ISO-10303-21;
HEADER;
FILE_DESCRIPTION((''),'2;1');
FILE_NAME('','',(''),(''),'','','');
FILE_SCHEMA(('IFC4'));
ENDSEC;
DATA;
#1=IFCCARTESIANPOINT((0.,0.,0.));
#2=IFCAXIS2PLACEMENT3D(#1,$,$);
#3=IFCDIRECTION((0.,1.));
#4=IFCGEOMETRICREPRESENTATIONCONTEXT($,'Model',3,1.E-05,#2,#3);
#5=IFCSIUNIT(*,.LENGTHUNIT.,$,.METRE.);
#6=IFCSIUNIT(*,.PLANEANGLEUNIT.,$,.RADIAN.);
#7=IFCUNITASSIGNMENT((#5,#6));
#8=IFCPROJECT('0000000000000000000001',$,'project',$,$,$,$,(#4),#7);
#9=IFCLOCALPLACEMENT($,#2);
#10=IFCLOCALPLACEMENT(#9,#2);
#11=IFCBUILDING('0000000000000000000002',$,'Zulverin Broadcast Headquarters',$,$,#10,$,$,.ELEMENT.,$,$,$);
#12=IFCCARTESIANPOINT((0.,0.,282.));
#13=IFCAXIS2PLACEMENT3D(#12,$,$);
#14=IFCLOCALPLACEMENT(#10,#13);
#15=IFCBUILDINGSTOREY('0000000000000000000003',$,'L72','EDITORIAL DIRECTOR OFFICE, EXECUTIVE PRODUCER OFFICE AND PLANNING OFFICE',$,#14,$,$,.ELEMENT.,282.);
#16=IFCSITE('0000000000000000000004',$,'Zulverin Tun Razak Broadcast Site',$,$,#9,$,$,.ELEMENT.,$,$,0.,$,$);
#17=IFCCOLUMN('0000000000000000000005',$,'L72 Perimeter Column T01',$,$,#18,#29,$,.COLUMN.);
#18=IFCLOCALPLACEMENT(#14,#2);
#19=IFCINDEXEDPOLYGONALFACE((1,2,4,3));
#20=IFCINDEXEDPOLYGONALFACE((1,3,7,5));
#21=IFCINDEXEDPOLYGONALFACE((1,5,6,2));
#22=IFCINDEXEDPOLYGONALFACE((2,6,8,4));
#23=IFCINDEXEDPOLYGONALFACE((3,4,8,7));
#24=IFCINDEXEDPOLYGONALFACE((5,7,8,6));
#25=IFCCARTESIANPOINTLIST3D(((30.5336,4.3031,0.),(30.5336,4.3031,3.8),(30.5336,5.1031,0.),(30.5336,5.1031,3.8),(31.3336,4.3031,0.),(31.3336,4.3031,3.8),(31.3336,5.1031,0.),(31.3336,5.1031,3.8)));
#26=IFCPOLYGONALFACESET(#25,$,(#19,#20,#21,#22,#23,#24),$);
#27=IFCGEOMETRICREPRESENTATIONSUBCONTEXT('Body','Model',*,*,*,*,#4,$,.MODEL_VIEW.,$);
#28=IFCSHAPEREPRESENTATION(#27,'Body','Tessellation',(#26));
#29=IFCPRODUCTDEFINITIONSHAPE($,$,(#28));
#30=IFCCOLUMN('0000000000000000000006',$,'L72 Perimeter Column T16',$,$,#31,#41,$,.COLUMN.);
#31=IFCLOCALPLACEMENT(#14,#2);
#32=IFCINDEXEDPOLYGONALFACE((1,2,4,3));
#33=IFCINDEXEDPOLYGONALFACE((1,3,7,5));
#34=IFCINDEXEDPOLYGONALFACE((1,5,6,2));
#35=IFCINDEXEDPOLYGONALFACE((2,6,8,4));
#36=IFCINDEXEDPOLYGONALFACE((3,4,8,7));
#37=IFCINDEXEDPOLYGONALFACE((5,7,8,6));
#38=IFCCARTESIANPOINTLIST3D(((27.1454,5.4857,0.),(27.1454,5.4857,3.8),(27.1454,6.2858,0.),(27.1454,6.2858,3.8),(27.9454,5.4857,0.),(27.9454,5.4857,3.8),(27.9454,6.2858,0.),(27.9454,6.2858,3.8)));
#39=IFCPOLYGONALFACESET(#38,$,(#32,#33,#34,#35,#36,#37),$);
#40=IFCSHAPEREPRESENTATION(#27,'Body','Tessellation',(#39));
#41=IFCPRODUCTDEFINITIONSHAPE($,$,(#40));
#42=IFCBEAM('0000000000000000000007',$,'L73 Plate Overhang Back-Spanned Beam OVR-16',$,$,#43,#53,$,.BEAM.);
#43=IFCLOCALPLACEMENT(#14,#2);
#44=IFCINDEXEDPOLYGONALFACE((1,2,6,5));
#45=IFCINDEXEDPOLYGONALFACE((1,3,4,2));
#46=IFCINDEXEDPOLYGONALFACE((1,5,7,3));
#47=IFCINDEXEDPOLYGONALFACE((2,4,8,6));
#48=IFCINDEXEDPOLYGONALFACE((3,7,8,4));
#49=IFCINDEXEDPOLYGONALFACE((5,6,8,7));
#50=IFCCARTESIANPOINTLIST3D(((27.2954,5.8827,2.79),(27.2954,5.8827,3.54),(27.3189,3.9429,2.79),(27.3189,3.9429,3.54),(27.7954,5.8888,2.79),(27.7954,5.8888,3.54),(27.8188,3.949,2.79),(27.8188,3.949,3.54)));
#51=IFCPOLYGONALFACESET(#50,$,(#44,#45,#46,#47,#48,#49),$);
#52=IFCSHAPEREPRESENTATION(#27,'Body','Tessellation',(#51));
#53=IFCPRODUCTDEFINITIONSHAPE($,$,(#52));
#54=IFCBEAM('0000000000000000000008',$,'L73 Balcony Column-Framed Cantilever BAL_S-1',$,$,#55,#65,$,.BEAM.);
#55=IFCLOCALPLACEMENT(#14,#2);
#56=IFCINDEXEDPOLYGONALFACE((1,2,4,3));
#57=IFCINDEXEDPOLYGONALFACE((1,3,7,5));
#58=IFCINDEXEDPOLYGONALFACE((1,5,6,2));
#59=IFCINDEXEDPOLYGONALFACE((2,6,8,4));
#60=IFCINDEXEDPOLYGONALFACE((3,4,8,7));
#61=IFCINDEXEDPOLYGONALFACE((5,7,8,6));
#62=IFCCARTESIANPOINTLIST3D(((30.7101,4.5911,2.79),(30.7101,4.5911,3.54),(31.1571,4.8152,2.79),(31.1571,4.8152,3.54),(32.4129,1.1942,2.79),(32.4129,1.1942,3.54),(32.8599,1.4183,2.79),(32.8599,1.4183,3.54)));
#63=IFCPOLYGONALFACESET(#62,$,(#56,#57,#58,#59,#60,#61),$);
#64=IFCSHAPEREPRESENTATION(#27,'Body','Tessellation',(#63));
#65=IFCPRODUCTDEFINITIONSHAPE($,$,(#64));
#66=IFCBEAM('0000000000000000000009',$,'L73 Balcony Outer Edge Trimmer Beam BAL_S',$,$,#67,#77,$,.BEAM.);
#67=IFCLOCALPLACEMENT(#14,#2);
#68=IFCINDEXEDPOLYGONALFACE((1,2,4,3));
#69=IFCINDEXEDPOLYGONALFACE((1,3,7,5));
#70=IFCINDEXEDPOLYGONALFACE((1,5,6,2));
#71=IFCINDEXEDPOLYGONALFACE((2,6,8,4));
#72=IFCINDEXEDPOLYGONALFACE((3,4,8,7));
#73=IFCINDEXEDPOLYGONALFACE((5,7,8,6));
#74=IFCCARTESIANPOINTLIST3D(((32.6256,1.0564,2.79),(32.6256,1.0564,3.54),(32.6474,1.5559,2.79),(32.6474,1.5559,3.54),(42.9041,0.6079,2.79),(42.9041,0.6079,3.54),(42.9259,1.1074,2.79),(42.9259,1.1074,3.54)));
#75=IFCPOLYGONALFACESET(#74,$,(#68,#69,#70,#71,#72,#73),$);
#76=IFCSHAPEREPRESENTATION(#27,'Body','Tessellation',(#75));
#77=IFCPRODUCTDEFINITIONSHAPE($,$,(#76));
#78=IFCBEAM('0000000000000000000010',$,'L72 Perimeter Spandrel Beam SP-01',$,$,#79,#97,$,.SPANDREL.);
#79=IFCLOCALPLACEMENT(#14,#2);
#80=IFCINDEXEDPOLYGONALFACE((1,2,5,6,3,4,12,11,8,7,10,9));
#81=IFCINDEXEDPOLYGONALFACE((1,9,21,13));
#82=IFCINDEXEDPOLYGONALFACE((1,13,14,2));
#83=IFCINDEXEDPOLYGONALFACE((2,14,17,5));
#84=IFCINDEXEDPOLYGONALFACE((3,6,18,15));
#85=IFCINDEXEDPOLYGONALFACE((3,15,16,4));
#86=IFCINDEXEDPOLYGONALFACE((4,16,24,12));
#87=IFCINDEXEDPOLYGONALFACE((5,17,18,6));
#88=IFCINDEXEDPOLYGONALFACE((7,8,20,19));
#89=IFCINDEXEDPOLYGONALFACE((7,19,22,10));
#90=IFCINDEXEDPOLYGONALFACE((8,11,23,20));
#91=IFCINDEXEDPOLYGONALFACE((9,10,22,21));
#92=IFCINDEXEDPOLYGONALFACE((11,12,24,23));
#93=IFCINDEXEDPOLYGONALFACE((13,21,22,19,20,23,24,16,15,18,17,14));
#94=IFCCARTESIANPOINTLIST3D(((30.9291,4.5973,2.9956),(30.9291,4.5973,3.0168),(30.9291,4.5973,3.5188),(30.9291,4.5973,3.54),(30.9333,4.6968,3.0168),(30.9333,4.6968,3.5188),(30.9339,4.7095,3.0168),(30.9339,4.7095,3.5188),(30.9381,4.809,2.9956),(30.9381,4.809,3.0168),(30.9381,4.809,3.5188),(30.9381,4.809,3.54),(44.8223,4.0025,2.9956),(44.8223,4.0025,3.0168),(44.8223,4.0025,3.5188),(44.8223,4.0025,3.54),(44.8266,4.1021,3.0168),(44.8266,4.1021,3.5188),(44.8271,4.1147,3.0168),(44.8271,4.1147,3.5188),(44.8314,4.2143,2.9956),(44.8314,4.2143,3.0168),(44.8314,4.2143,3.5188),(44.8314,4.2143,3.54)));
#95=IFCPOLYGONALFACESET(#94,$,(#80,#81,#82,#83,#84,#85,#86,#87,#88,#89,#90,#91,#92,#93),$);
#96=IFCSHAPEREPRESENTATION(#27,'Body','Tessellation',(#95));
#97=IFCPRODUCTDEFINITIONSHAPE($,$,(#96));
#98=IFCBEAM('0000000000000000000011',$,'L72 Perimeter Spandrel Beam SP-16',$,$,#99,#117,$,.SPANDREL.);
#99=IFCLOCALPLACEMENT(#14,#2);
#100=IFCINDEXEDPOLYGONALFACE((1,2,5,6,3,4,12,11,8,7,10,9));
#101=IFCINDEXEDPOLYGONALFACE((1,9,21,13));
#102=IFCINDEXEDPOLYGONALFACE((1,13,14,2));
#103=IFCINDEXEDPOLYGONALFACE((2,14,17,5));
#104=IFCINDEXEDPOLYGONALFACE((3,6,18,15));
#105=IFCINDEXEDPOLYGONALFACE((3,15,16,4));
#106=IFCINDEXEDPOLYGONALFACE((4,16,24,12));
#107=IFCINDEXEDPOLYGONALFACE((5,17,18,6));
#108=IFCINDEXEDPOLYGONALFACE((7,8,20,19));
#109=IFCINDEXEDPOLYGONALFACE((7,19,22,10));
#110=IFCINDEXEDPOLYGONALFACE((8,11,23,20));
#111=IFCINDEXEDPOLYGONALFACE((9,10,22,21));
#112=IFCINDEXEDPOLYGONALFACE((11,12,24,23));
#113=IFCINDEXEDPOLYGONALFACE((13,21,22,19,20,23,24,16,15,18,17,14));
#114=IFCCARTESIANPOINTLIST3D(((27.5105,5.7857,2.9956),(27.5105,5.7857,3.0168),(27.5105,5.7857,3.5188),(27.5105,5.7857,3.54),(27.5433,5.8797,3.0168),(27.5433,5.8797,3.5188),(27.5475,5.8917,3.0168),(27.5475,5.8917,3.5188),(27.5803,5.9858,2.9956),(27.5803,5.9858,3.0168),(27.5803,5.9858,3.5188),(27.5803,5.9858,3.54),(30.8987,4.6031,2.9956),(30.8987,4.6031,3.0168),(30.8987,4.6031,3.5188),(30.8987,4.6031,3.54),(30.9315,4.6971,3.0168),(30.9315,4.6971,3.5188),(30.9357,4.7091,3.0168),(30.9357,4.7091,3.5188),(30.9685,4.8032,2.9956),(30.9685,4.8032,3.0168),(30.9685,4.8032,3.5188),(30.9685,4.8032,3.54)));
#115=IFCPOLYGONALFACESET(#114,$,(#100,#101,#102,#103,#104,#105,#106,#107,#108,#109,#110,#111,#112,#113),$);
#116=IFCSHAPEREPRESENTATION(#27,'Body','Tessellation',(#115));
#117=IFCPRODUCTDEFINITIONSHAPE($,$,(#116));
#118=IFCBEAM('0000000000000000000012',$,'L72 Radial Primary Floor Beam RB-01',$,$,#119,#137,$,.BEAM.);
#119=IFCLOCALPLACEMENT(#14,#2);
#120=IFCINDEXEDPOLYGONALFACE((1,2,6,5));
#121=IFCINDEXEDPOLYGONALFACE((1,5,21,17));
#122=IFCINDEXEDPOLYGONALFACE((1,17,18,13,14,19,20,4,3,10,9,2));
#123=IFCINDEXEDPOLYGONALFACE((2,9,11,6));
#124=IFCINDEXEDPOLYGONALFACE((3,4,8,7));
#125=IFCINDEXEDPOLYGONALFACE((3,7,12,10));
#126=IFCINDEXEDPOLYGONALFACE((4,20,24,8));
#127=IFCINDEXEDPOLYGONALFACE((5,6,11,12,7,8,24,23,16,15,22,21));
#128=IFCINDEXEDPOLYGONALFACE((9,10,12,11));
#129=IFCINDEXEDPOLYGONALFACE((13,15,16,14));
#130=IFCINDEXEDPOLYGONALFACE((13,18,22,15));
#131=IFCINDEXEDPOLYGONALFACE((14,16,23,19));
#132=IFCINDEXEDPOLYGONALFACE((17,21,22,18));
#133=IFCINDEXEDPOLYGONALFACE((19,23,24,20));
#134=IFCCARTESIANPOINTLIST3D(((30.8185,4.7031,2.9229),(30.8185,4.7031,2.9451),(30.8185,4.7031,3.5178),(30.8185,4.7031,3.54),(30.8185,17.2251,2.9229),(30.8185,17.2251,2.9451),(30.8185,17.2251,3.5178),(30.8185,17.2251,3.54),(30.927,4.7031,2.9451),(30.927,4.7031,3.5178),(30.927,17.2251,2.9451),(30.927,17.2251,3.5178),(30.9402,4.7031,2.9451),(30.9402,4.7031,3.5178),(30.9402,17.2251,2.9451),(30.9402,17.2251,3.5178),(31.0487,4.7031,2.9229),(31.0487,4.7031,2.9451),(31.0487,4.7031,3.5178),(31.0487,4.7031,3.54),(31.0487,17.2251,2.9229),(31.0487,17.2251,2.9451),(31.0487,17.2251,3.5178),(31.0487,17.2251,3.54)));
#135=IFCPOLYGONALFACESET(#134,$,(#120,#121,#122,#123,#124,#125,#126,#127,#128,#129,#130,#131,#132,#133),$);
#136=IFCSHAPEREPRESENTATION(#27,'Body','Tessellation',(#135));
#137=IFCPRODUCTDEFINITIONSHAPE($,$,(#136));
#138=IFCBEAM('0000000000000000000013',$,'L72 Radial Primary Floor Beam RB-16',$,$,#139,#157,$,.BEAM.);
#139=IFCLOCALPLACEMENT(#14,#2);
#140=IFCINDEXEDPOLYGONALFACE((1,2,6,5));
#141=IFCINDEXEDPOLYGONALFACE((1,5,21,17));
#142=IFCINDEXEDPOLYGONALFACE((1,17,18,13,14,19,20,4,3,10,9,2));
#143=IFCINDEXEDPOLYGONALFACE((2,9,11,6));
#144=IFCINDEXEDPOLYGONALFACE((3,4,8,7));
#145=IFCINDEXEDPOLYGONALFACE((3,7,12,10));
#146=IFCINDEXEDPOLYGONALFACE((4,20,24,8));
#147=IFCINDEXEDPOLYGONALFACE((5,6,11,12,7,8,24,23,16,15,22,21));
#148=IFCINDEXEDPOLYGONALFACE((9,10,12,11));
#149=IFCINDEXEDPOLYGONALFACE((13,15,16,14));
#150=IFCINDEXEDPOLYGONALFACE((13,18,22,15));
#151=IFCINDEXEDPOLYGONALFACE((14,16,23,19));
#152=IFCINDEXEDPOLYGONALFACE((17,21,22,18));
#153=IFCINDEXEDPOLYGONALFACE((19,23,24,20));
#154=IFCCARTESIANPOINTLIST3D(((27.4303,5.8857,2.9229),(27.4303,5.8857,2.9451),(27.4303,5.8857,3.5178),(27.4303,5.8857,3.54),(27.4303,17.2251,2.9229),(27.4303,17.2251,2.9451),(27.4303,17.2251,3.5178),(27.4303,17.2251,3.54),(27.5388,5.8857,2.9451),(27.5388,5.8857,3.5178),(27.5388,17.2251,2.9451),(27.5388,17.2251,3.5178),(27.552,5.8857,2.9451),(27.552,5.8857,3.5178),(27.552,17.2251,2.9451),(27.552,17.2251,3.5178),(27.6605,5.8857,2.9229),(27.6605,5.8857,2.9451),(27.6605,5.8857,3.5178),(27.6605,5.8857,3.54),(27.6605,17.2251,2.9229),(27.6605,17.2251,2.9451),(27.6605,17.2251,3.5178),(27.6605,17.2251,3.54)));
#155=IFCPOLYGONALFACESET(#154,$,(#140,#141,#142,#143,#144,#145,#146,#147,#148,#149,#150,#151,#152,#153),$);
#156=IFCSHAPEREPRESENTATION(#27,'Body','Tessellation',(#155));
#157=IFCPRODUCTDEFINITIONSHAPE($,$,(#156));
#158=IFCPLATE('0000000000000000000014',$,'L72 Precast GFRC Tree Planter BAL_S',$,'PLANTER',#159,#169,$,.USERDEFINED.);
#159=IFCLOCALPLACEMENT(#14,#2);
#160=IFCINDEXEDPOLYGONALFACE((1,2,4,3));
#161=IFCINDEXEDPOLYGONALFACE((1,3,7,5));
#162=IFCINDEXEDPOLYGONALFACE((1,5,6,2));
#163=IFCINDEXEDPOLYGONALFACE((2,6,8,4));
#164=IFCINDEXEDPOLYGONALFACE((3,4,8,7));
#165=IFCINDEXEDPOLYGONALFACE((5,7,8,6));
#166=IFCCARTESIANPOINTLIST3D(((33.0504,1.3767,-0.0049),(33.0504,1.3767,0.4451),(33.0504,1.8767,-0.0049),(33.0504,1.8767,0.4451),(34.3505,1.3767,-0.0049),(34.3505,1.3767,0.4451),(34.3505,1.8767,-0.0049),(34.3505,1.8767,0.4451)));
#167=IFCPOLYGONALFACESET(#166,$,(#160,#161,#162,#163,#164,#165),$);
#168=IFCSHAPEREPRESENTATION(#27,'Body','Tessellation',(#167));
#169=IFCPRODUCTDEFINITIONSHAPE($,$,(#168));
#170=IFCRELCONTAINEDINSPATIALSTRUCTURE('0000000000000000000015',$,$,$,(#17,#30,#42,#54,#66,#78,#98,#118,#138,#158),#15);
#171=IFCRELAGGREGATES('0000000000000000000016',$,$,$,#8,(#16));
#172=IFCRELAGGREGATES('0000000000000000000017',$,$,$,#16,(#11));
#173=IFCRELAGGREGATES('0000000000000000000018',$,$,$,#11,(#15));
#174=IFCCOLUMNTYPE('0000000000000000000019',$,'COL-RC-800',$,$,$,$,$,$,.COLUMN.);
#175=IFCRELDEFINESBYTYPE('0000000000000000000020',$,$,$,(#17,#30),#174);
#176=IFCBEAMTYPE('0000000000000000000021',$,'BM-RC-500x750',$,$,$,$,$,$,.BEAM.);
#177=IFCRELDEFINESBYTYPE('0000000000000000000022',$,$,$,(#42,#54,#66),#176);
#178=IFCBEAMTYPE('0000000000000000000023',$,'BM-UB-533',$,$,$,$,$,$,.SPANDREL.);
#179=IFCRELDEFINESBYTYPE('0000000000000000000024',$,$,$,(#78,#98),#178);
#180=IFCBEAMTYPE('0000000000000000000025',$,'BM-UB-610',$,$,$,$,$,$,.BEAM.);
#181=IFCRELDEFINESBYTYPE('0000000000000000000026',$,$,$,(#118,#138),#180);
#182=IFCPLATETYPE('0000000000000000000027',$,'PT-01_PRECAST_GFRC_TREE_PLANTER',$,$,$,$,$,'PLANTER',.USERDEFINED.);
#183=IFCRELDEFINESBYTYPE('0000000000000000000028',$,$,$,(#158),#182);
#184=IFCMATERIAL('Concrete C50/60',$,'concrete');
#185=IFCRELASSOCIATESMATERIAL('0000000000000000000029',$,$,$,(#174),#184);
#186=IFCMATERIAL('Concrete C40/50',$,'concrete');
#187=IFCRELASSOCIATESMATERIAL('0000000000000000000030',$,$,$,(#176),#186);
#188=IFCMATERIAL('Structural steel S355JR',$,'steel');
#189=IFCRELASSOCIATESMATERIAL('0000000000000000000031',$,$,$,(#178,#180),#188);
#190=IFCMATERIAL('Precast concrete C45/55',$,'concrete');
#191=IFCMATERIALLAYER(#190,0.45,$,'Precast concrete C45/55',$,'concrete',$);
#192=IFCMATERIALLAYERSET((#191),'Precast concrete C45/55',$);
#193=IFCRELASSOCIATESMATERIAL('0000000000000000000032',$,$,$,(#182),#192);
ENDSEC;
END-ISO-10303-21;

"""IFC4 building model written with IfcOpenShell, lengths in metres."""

from ifc_helpers import new_model, si_unit, direction, frame, origin, origin_2d, place, context, subcontext, project, spatial, rectangle, i_section, extrude, material, layer, layer_set, material_profile, profile_set, type_object, element, save


model = new_model("IFC4")

# Units and contexts
model_context = context("Model", 3, precision=1e-05, world=origin(), true_north=direction((0.0, 1.0)))
body_context = subcontext(model_context, "Body", "Model", "MODEL_VIEW")
ifc_project = project(units=[si_unit("LENGTHUNIT", "METRE"), si_unit("PLANEANGLEUNIT", "RADIAN")], contexts=[model_context])

# Site, building, storey
site_placement = place(None, origin())
site = spatial("IfcSite", under=ifc_project, at=site_placement, Name="Zulverin Tun Razak Broadcast Site", CompositionType="ELEMENT", RefElevation=0.0)
building_placement = place(site_placement, origin())
building = spatial("IfcBuilding", under=site, at=building_placement, Name="Zulverin Broadcast Headquarters", CompositionType="ELEMENT")
storey_placement = place(building_placement, frame((0.0, 0.0, 282.0)))
storey = spatial("IfcBuildingStorey", under=building, at=storey_placement, Name="L72", Description="EDITORIAL DIRECTOR OFFICE, EXECUTIVE PRODUCER OFFICE AND PLANNING OFFICE", CompositionType="ELEMENT", Elevation=282.0)

# Columns
ifc_material_1 = material(Name="Concrete C50/60", Category="concrete")
ifc_material_profile_1 = material_profile(ifc_material_1, rectangle(XDim=0.8, YDim=0.8, at=origin_2d()), Name="Concrete C50/60", Category="concrete")
ifc_profile_set_1 = profile_set([ifc_material_profile_1], Name="Concrete C50/60")
column_type = type_object("IfcColumnType", Name="COL-RC-800", PredefinedType="COLUMN", material=ifc_profile_set_1)
for number, where, z_axis, x_axis, name in (
    (1, (30.9336, 4.7031, 0.0), (0.0, 0.0, 1.0), (1.0, 0.0, 0.0), "L72 Perimeter Column T01"),
    (2, (27.5454, 5.8857, 0.0), (0.0, 0.0, 1.0), (1.0, 0.0, 0.0), "L72 Perimeter Column T16"),
):
    element("IfcColumn", number, at=place(storey_placement, frame(where, z_axis=z_axis, x_axis=x_axis)), inside=storey, type_object=column_type, Name=name, PredefinedType="COLUMN", context=body_context, shape_type="SweptSolid", body=[
        extrude(rectangle(XDim=0.8, YDim=0.8, at=origin_2d()), origin(), (0.0, 0.0, 1.0), 3.8),
    ])

# Beams
ifc_material_2 = material(Name="Concrete C40/50", Category="concrete")
ifc_material_profile_2 = material_profile(ifc_material_2, rectangle(XDim=0.5, YDim=0.75, at=origin_2d()), Name="Concrete C40/50", Category="concrete")
ifc_profile_set_2 = profile_set([ifc_material_profile_2], Name="Concrete C40/50")
beam_type_1 = type_object("IfcBeamType", Name="BM-RC-500x750", PredefinedType="BEAM", material=ifc_profile_set_2)
beam_1_placement = place(storey_placement, frame((27.5454, 5.8857, 3.165), z_axis=(0.012082, -0.999927, 0.0), x_axis=(0.999927, 0.012082, 0.0)))
element("IfcBeam", 3, at=beam_1_placement, inside=storey, type_object=beam_type_1, Name="L73 Plate Overhang Back-Spanned Beam OVR-16", PredefinedType="BEAM", context=body_context, shape_type="SweptSolid", body=[
    extrude(rectangle(XDim=0.5, YDim=0.75, at=origin_2d()), origin(), (0.0, 0.0, 1.0), 1.9399),
])
beam_2_placement = place(storey_placement, frame((30.9336, 4.7031, 3.165), z_axis=(0.448139, -0.893964, 0.0), x_axis=(0.893964, 0.448139, 0.0)))
element("IfcBeam", 4, at=beam_2_placement, inside=storey, type_object=beam_type_1, Name="L73 Balcony Column-Framed Cantilever BAL_S-1", PredefinedType="BEAM", context=body_context, shape_type="SweptSolid", body=[
    extrude(rectangle(XDim=0.5, YDim=0.75, at=origin_2d()), origin(), (0.0, 0.0, 1.0), 3.7998),
])
beam_3_placement = place(storey_placement, frame((32.6365, 1.3062, 3.165), z_axis=(0.999049, -0.043592, 0.0), x_axis=(0.043592, 0.999049, 0.0)))
element("IfcBeam", 5, at=beam_3_placement, inside=storey, type_object=beam_type_1, Name="L73 Balcony Outer Edge Trimmer Beam BAL_S", PredefinedType="BEAM", context=body_context, shape_type="SweptSolid", body=[
    extrude(rectangle(XDim=0.5, YDim=0.75, at=origin_2d()), origin(), (0.0, 0.0, 1.0), 10.2883),
])
ifc_material_3 = material(Name="Structural steel S355JR", Category="steel")
ifc_material_profile_3 = material_profile(ifc_material_3, i_section(OverallWidth=0.2119, OverallDepth=0.5444, WebThickness=0.0127, FlangeThickness=0.0212, at=origin_2d()), Name="Structural steel S355JR", Category="steel")
ifc_profile_set_3 = profile_set([ifc_material_profile_3], Name="Structural steel S355JR")
beam_type_2 = type_object("IfcBeamType", Name="BM-UB-533", PredefinedType="SPANDREL", material=ifc_profile_set_3)
beam_4_placement = place(storey_placement, frame((30.9336, 4.7031, 3.2678), z_axis=(0.999085, -0.042768, 0.0), x_axis=(0.042768, 0.999085, 0.0)))
element("IfcBeam", 6, at=beam_4_placement, inside=storey, type_object=beam_type_2, Name="L72 Perimeter Spandrel Beam SP-01", PredefinedType="SPANDREL", context=body_context, shape_type="SweptSolid", body=[
    extrude(i_section(OverallWidth=0.2119, OverallDepth=0.5444, WebThickness=0.0127, FlangeThickness=0.0212, at=origin_2d()), origin(), (0.0, 0.0, 1.0), 13.906),
])
beam_5_placement = place(storey_placement, frame((27.5454, 5.8857, 3.2678), z_axis=(0.94414, -0.329544, 0.0), x_axis=(0.329544, 0.94414, 0.0)))
element("IfcBeam", 7, at=beam_5_placement, inside=storey, type_object=beam_type_2, Name="L72 Perimeter Spandrel Beam SP-16", PredefinedType="SPANDREL", context=body_context, shape_type="SweptSolid", body=[
    extrude(i_section(OverallWidth=0.2119, OverallDepth=0.5444, WebThickness=0.0127, FlangeThickness=0.0212, at=origin_2d()), origin(), (0.0, 0.0, 1.0), 3.5886),
])
ifc_material_profile_4 = material_profile(ifc_material_3, i_section(OverallWidth=0.2302, OverallDepth=0.6172, WebThickness=0.0132, FlangeThickness=0.0222, at=origin_2d()), Name="Structural steel S355JR", Category="steel")
ifc_profile_set_4 = profile_set([ifc_material_profile_4], Name="Structural steel S355JR")
beam_type_3 = type_object("IfcBeamType", Name="BM-UB-610", PredefinedType="BEAM", material=ifc_profile_set_4)
beam_6_placement = place(storey_placement, frame((30.9336, 17.2251, 3.2314), z_axis=(0.0, -1.0, 0.0), x_axis=(1.0, 0.0, 0.0)))
element("IfcBeam", 8, at=beam_6_placement, inside=storey, type_object=beam_type_3, Name="L72 Radial Primary Floor Beam RB-01", PredefinedType="BEAM", context=body_context, shape_type="SweptSolid", body=[
    extrude(i_section(OverallWidth=0.2302, OverallDepth=0.6172, WebThickness=0.0132, FlangeThickness=0.0222, at=origin_2d()), origin(), (0.0, 0.0, 1.0), 12.522),
])
beam_7_placement = place(storey_placement, frame((27.5454, 17.2251, 3.2314), z_axis=(0.0, -1.0, 0.0), x_axis=(1.0, 0.0, 0.0)))
element("IfcBeam", 9, at=beam_7_placement, inside=storey, type_object=beam_type_3, Name="L72 Radial Primary Floor Beam RB-16", PredefinedType="BEAM", context=body_context, shape_type="SweptSolid", body=[
    extrude(i_section(OverallWidth=0.2302, OverallDepth=0.6172, WebThickness=0.0132, FlangeThickness=0.0222, at=origin_2d()), origin(), (0.0, 0.0, 1.0), 11.3394),
])

# Plate
ifc_material_4 = material(Name="Precast concrete C45/55", Category="concrete")
ifc_layer_1 = layer(ifc_material_4, 0.45, Name="Precast concrete C45/55", Category="concrete")
ifc_layer_set_1 = layer_set([ifc_layer_1], Name="Precast concrete C45/55")
plate_type = type_object("IfcPlateType", Name="PT-01_PRECAST_GFRC_TREE_PLANTER", ElementType="PLANTER", PredefinedType="USERDEFINED", material=ifc_layer_set_1)
plate_placement = place(storey_placement, frame((33.7004, 1.6267, -0.0049), z_axis=(0.0, 0.0, 1.0), x_axis=(1.0, 0.0, 0.0)))
element("IfcPlate", 10, at=plate_placement, inside=storey, type_object=plate_type, Name="L72 Precast GFRC Tree Planter BAL_S", ObjectType="PLANTER", PredefinedType="USERDEFINED", context=body_context, shape_type="SweptSolid", body=[
    extrude(rectangle(XDim=1.3, YDim=0.5, at=origin_2d()), origin(), (0.0, 0.0, 1.0), 0.45),
])

save(model, "model.ifc")
